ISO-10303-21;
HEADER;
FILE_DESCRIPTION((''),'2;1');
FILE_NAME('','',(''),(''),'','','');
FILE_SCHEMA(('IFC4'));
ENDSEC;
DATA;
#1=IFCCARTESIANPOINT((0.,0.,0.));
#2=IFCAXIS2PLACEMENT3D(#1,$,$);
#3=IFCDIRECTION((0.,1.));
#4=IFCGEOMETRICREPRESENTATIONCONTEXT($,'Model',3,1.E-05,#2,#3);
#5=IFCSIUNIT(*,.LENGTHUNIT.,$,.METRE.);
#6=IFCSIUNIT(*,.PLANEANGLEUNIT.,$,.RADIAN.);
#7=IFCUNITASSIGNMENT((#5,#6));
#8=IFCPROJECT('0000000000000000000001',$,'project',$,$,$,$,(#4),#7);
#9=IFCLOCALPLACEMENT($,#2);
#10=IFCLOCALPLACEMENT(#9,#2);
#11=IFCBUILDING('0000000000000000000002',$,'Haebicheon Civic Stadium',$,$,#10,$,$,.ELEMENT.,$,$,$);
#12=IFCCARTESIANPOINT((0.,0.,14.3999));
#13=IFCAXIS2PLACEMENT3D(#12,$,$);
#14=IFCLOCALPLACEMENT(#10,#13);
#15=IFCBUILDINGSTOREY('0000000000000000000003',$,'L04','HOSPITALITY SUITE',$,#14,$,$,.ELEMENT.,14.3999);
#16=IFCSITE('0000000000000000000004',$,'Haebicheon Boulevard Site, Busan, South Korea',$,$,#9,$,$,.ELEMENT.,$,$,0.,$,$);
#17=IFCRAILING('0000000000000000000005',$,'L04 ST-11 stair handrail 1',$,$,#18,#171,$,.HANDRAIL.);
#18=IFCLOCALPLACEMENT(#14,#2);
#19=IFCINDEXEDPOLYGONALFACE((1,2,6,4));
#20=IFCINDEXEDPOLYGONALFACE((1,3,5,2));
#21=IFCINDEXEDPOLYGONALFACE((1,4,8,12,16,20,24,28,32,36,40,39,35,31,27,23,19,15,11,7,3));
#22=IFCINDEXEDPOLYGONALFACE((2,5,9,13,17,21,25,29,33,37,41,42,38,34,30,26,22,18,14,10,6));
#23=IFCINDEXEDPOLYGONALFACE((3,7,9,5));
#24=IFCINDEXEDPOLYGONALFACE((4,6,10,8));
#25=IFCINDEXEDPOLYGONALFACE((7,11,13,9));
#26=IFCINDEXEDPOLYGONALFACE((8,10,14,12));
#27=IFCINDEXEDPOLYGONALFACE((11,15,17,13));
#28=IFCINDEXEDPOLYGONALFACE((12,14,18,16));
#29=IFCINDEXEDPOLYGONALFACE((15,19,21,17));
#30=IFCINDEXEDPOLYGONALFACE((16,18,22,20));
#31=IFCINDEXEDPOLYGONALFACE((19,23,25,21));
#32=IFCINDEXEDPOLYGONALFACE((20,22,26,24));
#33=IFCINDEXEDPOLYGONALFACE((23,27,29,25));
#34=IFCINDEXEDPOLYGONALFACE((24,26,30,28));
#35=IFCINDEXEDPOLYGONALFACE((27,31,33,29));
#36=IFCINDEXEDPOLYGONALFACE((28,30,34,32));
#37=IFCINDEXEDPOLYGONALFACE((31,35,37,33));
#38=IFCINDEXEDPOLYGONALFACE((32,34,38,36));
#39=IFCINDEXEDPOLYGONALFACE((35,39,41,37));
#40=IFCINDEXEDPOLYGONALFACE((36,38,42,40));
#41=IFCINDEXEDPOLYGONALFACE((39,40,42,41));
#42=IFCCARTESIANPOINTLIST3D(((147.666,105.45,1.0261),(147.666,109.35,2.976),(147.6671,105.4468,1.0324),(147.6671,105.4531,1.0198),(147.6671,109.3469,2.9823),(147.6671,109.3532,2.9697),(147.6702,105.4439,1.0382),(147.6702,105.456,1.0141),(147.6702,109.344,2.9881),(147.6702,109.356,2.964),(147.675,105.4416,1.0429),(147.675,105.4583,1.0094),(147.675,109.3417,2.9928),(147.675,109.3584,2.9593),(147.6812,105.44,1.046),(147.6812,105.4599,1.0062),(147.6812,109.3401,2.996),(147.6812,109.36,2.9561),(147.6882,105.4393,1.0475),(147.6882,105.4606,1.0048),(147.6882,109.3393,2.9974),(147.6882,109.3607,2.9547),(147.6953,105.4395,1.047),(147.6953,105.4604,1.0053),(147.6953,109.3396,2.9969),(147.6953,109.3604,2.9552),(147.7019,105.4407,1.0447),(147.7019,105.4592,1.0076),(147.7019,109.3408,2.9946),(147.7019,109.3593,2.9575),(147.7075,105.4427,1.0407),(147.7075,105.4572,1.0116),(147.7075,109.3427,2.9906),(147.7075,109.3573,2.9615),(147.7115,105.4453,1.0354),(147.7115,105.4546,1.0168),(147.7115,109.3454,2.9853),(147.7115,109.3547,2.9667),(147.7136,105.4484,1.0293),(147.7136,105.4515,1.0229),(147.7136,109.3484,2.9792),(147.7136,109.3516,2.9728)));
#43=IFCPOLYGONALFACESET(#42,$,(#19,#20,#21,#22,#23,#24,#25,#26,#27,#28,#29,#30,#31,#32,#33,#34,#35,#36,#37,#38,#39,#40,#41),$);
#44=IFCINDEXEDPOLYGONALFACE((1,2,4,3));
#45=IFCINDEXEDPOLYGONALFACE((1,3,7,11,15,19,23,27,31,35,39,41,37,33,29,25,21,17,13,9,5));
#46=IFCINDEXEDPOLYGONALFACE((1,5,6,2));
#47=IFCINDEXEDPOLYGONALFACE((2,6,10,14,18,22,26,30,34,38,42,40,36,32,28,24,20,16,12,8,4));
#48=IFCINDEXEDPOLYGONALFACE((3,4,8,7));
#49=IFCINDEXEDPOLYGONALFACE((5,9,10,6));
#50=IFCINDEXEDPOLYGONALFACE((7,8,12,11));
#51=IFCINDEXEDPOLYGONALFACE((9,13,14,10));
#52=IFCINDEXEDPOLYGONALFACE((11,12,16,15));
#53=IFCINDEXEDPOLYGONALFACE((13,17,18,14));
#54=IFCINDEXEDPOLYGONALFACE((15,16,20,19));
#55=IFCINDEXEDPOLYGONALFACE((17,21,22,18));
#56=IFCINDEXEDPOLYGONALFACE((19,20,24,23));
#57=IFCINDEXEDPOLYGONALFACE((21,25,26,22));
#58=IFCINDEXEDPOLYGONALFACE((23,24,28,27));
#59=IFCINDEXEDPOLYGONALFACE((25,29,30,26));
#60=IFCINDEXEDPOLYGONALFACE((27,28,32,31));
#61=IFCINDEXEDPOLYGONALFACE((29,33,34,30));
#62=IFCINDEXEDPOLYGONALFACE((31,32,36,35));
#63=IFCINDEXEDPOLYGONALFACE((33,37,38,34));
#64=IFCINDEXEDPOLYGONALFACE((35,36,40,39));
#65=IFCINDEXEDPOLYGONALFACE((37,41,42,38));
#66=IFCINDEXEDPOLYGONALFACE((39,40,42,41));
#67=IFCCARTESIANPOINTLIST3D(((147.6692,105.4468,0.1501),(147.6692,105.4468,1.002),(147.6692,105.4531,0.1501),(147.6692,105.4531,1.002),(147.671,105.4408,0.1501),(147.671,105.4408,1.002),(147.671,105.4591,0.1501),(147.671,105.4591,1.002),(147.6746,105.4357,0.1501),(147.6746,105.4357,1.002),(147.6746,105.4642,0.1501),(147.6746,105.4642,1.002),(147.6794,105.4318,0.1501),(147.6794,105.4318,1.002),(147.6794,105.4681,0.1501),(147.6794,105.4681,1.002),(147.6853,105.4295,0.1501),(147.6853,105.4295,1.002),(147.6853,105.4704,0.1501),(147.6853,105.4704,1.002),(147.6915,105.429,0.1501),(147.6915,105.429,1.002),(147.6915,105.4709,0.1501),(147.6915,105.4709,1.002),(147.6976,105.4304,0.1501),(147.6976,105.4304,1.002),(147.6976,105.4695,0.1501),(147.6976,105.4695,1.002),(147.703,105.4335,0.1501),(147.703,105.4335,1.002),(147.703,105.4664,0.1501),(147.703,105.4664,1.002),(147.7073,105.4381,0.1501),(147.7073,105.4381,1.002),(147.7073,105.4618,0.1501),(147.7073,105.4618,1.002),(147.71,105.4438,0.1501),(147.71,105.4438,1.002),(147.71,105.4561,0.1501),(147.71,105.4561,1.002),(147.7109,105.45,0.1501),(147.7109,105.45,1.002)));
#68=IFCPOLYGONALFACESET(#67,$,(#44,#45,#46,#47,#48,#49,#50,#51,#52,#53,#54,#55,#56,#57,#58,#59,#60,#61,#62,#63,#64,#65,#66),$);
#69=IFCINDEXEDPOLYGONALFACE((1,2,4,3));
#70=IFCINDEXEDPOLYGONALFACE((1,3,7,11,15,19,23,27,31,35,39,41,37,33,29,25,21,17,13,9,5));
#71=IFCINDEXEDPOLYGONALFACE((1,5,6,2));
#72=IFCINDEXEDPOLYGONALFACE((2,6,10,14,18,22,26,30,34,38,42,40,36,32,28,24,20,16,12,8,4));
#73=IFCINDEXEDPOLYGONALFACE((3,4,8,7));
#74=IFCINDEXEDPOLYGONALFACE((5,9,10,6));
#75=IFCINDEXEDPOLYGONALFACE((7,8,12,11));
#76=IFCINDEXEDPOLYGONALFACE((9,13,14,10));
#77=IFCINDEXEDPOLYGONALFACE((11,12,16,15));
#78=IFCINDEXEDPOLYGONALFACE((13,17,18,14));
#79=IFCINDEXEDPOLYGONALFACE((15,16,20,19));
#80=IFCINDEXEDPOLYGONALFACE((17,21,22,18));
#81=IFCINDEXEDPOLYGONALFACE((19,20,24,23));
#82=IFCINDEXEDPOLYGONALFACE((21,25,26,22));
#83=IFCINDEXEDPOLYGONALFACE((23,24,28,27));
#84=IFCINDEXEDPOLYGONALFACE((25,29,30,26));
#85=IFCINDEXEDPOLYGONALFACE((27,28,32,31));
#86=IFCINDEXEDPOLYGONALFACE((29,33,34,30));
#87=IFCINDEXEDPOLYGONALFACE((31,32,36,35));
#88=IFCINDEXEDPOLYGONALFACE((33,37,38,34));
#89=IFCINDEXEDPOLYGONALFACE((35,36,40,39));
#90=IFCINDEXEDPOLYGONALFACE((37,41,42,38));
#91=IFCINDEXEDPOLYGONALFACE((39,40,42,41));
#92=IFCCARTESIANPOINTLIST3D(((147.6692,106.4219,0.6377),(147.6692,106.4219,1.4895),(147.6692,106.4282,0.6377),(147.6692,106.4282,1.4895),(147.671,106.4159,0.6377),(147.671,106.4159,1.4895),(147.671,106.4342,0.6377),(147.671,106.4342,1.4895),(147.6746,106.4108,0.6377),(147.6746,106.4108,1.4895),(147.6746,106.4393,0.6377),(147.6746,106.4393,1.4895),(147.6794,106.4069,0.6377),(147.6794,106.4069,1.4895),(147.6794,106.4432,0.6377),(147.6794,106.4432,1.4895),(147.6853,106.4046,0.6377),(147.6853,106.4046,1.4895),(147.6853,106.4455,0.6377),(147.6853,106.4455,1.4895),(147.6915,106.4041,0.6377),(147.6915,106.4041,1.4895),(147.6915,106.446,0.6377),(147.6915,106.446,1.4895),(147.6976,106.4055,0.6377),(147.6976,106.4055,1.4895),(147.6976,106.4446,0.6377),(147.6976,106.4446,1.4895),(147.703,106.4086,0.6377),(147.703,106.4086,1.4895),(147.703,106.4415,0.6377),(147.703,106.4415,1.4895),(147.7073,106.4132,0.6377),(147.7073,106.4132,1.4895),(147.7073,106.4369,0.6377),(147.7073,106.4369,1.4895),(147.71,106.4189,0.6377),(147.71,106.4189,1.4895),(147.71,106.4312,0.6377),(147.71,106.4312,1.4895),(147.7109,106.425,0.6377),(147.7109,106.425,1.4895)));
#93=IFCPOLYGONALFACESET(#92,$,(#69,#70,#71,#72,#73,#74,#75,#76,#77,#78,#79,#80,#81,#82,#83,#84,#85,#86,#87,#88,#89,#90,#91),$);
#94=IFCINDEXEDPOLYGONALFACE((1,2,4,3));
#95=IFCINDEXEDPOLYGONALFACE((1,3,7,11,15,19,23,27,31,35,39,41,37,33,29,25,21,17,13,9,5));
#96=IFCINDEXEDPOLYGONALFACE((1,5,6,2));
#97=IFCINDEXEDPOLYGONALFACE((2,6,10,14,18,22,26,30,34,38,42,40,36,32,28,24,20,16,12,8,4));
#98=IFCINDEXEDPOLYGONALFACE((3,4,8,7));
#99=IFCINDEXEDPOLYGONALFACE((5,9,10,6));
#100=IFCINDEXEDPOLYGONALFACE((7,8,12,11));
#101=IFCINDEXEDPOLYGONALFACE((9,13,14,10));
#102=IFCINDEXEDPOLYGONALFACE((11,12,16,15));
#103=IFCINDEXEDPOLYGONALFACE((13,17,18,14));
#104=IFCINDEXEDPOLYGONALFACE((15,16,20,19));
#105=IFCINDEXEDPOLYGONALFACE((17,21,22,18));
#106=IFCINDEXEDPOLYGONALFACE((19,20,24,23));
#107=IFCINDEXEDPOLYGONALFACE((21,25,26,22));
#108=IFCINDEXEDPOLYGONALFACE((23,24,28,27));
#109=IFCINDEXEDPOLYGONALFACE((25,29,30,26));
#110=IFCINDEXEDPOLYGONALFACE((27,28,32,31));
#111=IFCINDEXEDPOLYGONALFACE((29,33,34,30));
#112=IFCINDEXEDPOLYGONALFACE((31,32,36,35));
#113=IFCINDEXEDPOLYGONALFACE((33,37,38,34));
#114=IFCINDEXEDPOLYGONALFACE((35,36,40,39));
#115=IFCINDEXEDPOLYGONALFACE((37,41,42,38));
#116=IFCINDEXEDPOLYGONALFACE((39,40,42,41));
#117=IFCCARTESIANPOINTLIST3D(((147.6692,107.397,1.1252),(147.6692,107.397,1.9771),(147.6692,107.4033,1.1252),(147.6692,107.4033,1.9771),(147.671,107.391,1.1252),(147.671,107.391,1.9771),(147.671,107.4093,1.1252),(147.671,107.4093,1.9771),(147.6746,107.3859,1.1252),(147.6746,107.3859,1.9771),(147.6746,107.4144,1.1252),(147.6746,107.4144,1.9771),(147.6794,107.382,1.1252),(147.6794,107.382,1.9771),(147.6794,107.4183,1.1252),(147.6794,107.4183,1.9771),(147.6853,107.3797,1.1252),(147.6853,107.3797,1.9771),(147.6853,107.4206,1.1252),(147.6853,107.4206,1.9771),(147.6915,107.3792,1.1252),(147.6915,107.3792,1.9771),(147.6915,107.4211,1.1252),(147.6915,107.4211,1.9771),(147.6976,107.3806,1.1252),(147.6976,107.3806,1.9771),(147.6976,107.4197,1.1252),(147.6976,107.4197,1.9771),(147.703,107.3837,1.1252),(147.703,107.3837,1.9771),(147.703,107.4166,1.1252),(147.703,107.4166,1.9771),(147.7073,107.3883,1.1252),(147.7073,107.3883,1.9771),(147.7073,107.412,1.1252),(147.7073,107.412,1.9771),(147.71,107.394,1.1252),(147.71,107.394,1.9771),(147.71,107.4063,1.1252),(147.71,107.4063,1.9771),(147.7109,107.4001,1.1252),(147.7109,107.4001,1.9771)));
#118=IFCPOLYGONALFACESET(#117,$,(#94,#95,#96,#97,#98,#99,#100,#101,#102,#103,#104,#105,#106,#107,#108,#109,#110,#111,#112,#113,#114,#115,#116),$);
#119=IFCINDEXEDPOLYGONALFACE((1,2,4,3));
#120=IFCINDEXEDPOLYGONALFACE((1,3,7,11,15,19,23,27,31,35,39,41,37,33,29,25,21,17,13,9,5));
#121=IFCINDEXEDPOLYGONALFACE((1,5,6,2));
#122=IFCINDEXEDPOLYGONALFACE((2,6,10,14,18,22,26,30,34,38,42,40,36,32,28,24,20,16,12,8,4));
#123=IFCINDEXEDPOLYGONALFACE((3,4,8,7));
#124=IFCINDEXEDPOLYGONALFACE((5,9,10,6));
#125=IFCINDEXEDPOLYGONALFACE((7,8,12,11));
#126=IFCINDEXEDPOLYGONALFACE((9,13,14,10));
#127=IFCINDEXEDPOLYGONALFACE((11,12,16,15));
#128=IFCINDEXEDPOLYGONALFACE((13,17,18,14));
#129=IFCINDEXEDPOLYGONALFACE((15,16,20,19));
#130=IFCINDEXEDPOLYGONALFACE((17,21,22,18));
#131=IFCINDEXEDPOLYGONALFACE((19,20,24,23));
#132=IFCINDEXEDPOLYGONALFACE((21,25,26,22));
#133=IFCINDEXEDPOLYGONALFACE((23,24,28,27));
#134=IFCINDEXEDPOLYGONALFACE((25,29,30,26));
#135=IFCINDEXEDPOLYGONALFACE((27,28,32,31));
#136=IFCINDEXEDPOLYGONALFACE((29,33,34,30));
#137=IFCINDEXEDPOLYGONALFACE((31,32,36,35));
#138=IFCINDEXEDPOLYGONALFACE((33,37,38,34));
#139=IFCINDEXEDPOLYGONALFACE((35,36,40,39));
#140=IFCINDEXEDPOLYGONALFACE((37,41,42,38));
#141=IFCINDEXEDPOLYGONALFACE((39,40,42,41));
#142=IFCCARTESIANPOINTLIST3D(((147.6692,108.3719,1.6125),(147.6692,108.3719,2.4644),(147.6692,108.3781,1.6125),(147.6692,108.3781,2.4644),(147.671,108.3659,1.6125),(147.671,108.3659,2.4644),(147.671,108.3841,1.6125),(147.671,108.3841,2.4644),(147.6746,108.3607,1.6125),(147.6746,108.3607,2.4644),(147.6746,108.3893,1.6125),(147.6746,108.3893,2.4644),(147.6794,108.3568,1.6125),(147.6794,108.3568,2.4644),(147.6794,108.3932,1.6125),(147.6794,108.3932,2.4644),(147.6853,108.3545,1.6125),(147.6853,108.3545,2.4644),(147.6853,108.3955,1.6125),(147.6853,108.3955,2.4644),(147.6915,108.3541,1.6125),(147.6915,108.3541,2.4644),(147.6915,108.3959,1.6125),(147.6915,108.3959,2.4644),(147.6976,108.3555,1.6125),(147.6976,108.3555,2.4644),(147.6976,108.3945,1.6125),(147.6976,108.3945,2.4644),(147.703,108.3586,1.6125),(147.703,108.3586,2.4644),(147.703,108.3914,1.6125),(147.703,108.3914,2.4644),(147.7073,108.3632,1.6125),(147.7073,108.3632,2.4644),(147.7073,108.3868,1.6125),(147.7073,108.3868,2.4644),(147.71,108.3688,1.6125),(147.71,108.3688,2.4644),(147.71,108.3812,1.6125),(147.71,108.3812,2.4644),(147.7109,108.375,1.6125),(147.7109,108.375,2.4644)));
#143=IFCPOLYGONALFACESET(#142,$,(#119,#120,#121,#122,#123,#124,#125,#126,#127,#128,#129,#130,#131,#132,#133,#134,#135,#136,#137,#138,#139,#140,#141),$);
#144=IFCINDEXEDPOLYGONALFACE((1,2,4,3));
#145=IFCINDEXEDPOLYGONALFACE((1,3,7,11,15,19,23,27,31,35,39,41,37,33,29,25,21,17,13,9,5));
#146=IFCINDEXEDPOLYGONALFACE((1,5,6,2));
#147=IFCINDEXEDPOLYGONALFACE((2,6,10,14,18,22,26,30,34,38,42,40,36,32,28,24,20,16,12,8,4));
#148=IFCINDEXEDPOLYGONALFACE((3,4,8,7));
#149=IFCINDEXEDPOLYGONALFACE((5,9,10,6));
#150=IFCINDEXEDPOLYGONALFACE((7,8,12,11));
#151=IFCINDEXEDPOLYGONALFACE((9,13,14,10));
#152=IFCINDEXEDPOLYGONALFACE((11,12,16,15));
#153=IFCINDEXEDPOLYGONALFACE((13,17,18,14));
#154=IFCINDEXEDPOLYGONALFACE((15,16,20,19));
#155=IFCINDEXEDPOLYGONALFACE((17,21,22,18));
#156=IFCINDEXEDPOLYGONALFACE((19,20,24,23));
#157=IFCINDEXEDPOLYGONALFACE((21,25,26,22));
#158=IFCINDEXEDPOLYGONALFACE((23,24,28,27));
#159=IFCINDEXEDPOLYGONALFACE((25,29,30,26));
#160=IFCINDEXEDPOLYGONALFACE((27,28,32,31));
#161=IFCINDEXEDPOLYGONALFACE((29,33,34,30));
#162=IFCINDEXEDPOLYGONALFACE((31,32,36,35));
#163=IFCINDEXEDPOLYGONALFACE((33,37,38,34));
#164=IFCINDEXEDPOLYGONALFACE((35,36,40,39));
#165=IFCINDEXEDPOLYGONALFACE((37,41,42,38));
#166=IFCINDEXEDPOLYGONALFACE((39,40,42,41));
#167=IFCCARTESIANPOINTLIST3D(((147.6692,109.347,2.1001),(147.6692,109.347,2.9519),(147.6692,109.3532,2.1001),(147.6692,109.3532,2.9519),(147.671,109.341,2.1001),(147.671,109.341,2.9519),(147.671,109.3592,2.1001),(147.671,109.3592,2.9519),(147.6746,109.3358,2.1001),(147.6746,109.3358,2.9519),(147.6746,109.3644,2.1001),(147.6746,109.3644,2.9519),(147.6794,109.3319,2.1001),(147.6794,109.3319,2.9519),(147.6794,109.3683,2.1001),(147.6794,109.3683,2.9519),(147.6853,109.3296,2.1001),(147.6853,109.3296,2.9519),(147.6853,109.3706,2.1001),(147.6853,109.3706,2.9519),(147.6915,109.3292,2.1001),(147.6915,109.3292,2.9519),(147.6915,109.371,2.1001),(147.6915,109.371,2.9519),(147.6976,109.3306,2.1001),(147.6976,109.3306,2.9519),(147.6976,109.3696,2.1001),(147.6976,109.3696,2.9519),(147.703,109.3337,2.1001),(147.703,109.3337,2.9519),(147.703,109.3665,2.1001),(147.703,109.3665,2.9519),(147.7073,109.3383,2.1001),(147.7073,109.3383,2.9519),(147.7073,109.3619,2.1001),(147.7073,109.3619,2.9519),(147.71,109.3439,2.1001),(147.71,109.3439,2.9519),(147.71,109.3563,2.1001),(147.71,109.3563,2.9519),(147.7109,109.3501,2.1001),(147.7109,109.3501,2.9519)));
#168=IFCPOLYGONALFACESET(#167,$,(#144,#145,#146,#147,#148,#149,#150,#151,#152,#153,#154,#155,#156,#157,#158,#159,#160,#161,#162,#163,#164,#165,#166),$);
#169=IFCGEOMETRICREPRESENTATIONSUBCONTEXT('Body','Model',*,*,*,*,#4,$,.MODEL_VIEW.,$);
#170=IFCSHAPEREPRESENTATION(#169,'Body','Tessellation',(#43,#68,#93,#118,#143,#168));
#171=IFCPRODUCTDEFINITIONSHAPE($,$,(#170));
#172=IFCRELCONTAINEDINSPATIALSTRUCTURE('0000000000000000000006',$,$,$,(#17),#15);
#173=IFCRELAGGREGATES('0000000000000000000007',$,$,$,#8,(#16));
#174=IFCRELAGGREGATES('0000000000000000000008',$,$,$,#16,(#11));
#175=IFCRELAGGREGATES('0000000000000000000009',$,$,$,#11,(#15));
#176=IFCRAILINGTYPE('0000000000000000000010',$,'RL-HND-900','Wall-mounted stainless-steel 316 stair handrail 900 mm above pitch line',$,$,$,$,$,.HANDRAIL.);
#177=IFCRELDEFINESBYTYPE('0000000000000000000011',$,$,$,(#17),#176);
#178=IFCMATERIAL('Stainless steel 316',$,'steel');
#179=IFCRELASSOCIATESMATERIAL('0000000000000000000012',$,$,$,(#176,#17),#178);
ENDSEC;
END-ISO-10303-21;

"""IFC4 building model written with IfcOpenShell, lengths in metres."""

from ifc_helpers import new_model, si_unit, direction, frame, origin, origin_2d, place, context, subcontext, project, spatial, circle, extrude, material, type_object, element, save


model = new_model("IFC4")

# Units and contexts
model_context = context("Model", 3, precision=1e-05, world=origin(), true_north=direction((0.0, 1.0)))
body_context = subcontext(model_context, "Body", "Model", "MODEL_VIEW")
ifc_project = project(units=[si_unit("LENGTHUNIT", "METRE"), si_unit("PLANEANGLEUNIT", "RADIAN")], contexts=[model_context])

# Site, building, storey
site_placement = place(None, origin())
site = spatial("IfcSite", under=ifc_project, at=site_placement, Name="Haebicheon Boulevard Site, Busan, South Korea", CompositionType="ELEMENT", RefElevation=0.0)
building_placement = place(site_placement, origin())
building = spatial("IfcBuilding", under=site, at=building_placement, Name="Haebicheon Civic Stadium", CompositionType="ELEMENT")
storey_placement = place(building_placement, frame((0.0, 0.0, 14.3999)))
storey = spatial("IfcBuildingStorey", under=building, at=storey_placement, Name="L04", Description="HOSPITALITY SUITE", CompositionType="ELEMENT", Elevation=14.3999)

# Railing
ifc_material_1 = material(Name="Stainless steel 316", Category="steel")
railing_type_1 = type_object("IfcRailingType", Name="RL-HND-900", Description="Wall-mounted stainless-steel 316 stair handrail 900 mm above pitch line", PredefinedType="HANDRAIL", material=ifc_material_1)
railing_1_placement = place(storey_placement, frame((147.6899, 105.45, 0.1501)))
element("IfcRailing", 1, at=railing_1_placement, inside=storey, type_object=railing_type_1, material=ifc_material_1, Name="L04 ST-11 stair handrail 1", PredefinedType="HANDRAIL", context=body_context, shape_type="SweptSolid", body=[
    extrude(circle(Radius=0.0239, at=origin_2d()), frame((0.0, 0.0, 0.876), z_axis=(0.0, 0.894438, 0.447191), x_axis=(-1.0, 0.0, 0.0)), (0.0, 0.0, 1.0), 4.3604),
    extrude(circle(Radius=0.021, at=origin_2d()), origin(), (0.0, 0.0, 1.0), 0.8518),
    extrude(circle(Radius=0.021, at=origin_2d()), frame((0.0, 0.9751, 0.4875)), (0.0, 0.0, 1.0), 0.8518),
    extrude(circle(Radius=0.021, at=origin_2d()), frame((0.0, 1.9502, 0.9751)), (0.0, 0.0, 1.0), 0.8518),
    extrude(circle(Radius=0.021, at=origin_2d()), frame((0.0, 2.925, 1.4624)), (0.0, 0.0, 1.0), 0.8518),
    extrude(circle(Radius=0.021, at=origin_2d()), frame((0.0, 3.9001, 1.95)), (0.0, 0.0, 1.0), 0.8518),
])

save(model, "model.ifc")
